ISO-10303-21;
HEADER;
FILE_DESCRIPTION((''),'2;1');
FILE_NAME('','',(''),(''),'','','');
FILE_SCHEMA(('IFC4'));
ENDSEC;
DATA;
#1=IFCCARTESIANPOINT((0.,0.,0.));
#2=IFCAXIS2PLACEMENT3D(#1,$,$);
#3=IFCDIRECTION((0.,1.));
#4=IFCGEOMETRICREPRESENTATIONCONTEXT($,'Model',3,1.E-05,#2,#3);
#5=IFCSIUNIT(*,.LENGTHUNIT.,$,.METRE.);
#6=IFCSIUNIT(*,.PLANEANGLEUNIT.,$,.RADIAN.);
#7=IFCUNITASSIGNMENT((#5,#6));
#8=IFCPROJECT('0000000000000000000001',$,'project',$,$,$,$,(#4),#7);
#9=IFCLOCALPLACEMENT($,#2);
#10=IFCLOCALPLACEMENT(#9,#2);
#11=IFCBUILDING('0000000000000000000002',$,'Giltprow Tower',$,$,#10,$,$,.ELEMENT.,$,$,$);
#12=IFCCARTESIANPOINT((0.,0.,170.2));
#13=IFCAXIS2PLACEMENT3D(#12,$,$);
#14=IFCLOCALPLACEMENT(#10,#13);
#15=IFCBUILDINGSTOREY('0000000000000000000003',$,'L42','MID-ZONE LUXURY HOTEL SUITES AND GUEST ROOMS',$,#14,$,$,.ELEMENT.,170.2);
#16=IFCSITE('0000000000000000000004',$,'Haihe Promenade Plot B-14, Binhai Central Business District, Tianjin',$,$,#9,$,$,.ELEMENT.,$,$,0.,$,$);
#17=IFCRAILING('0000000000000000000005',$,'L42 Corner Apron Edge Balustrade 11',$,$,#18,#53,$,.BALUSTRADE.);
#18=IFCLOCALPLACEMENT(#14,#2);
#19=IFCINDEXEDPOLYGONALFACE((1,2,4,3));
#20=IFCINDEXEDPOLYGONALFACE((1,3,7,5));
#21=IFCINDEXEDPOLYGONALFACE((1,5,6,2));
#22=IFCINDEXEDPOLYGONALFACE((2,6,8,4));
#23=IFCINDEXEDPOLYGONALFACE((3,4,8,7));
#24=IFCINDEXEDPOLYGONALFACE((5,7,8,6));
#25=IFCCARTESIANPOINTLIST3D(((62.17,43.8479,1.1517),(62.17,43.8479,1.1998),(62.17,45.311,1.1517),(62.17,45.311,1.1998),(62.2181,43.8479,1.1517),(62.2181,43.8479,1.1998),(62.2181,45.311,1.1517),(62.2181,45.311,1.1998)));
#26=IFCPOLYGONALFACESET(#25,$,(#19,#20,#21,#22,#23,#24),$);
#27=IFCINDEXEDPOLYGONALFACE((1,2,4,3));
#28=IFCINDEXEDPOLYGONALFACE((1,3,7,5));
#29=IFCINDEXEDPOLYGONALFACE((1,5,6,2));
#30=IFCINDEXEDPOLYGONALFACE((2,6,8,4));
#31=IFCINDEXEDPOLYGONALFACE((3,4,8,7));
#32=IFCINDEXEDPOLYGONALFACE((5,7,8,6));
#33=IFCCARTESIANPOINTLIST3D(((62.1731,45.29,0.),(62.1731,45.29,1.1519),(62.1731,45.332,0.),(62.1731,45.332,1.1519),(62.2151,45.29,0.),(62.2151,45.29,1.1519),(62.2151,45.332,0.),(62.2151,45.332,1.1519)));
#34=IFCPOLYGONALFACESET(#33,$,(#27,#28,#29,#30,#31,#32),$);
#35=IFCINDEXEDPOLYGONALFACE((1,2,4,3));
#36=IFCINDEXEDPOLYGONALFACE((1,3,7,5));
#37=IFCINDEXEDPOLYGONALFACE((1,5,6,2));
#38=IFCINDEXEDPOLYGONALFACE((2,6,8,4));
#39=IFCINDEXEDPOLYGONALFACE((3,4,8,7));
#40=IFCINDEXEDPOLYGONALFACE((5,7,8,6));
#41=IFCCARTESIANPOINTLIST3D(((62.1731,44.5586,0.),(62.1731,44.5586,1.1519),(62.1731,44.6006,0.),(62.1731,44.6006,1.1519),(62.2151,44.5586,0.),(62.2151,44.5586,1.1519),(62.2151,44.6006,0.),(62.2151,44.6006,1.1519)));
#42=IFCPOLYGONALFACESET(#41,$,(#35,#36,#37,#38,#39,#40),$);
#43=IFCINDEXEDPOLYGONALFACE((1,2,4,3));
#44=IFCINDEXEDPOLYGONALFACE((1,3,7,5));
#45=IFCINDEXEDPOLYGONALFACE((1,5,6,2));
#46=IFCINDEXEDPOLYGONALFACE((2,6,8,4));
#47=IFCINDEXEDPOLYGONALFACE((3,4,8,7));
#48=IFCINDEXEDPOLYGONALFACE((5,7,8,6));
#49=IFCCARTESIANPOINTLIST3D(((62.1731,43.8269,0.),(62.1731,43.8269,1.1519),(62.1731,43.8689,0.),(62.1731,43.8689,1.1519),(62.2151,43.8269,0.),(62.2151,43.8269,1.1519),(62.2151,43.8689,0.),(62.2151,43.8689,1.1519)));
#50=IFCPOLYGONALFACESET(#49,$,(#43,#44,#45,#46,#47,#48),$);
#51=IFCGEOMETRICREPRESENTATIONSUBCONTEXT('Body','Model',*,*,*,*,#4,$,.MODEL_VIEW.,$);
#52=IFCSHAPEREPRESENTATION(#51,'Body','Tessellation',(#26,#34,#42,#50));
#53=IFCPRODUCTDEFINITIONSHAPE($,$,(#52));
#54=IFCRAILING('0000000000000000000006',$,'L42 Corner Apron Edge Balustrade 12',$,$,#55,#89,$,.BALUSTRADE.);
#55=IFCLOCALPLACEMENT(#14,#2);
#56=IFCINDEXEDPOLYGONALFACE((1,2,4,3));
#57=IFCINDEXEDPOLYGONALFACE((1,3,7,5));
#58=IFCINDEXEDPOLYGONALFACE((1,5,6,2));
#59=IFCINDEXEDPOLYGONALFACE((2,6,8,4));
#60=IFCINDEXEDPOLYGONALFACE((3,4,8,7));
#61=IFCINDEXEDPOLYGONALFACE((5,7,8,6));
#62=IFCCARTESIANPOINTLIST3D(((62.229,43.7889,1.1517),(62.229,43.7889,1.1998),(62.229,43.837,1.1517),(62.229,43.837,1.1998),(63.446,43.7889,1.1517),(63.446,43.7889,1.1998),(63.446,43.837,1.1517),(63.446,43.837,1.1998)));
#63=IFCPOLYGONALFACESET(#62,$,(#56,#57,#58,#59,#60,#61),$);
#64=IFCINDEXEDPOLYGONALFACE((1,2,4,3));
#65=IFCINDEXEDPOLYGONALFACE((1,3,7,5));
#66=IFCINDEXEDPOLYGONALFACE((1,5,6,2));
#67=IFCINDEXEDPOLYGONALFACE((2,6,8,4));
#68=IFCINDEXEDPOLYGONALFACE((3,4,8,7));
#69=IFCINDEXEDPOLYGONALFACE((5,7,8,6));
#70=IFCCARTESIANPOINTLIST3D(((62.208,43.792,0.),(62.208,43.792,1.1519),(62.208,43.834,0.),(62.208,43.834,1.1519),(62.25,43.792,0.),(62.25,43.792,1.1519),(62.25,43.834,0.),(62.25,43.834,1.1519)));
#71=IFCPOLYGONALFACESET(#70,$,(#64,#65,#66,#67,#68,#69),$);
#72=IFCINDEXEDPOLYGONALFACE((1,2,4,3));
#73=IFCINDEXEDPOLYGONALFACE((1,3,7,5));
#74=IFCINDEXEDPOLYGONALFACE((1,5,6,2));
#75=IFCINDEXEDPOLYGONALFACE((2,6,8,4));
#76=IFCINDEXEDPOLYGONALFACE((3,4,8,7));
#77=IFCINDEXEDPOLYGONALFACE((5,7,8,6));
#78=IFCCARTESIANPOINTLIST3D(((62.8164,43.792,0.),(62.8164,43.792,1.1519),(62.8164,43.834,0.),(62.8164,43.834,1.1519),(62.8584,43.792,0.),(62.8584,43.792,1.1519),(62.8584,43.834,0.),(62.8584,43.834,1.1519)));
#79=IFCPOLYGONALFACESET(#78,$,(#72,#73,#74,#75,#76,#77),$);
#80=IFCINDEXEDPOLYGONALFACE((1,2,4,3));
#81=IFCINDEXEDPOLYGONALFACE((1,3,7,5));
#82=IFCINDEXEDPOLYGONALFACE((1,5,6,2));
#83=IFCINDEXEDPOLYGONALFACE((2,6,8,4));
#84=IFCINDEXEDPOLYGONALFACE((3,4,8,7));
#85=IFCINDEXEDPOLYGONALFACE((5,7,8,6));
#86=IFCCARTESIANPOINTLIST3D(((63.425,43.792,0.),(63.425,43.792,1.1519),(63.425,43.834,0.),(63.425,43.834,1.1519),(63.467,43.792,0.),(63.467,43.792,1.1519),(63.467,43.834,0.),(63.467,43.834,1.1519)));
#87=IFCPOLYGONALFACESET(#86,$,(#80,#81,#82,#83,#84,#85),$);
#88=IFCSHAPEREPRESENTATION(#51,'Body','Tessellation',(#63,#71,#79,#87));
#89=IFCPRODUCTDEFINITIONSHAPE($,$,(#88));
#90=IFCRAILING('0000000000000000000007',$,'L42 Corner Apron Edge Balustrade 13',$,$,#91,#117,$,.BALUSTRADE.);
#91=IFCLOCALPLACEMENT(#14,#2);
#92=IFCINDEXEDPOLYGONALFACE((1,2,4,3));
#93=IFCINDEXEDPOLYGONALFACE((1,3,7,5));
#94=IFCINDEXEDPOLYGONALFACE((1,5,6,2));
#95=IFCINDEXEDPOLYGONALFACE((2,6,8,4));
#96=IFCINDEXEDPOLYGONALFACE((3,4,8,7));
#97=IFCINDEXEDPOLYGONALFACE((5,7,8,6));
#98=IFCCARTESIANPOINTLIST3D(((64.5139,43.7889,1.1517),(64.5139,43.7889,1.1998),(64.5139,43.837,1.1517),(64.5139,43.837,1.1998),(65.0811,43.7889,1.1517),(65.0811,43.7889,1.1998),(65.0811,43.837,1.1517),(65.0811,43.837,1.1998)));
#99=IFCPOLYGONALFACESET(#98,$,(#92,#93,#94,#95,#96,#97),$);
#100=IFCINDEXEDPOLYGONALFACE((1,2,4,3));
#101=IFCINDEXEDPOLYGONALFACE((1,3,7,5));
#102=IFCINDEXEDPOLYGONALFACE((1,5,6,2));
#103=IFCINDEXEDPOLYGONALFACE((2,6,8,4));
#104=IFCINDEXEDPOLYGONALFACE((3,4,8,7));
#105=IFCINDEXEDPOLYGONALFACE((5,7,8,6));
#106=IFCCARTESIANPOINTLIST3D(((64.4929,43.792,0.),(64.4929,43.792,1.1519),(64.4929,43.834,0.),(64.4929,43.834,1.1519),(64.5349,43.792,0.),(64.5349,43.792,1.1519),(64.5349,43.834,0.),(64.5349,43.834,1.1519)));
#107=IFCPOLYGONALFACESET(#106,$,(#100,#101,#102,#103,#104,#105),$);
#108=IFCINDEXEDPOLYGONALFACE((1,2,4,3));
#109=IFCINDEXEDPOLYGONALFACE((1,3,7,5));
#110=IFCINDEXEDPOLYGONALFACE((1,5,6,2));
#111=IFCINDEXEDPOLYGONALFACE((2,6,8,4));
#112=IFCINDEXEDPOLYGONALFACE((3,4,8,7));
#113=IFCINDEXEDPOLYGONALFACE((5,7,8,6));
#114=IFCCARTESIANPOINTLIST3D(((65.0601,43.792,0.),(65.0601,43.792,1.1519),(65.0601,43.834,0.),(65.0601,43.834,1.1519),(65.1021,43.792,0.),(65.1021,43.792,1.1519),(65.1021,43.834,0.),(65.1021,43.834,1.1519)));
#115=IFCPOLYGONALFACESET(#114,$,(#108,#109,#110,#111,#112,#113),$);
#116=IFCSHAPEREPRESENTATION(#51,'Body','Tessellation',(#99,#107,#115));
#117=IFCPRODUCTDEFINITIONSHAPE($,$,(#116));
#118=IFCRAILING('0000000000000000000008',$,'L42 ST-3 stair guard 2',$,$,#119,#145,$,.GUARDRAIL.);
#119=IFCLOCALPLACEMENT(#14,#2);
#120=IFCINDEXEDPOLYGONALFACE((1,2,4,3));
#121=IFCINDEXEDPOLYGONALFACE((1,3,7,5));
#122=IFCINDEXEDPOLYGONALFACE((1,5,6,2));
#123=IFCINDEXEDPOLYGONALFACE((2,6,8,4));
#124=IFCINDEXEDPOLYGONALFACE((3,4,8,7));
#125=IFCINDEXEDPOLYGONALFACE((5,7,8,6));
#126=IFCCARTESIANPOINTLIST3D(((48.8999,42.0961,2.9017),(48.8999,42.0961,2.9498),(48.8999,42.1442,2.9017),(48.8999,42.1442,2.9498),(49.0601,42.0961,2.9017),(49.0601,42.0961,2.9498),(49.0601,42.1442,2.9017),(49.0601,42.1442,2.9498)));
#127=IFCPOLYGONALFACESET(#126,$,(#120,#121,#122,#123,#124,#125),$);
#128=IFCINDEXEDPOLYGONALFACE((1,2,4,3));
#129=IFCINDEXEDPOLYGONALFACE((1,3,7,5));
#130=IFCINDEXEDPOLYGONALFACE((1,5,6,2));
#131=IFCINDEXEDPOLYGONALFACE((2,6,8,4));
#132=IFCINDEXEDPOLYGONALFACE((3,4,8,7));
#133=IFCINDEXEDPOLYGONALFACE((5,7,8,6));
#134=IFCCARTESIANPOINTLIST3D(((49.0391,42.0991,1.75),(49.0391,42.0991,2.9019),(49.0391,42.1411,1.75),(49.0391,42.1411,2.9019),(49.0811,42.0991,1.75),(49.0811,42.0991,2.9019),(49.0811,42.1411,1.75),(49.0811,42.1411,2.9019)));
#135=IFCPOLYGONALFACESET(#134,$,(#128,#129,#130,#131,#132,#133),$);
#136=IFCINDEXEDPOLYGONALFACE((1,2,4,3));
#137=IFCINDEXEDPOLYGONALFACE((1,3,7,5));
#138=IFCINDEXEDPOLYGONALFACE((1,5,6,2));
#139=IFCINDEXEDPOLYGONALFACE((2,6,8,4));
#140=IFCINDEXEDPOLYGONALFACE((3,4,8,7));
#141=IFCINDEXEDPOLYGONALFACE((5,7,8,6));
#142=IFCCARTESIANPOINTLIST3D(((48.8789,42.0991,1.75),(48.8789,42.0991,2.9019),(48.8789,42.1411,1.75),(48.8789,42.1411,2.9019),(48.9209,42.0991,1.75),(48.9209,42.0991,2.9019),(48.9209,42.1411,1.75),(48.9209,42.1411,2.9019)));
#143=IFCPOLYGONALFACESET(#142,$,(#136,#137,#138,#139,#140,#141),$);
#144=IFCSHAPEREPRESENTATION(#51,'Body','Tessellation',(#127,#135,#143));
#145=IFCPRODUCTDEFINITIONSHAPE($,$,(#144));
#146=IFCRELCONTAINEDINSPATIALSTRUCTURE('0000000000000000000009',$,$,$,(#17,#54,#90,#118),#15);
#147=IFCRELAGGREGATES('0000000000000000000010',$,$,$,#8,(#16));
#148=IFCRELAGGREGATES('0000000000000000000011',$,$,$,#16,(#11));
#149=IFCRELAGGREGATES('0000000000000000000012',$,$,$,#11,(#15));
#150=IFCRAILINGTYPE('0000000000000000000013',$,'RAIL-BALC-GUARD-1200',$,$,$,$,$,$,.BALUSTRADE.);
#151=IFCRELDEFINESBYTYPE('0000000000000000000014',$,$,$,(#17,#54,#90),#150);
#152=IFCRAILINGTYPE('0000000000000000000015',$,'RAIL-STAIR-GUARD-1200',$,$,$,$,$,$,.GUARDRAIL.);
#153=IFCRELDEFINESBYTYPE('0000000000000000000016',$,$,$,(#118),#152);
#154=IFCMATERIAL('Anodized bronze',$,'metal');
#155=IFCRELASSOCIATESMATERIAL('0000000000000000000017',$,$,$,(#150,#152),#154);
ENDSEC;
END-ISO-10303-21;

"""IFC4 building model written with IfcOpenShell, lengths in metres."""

from ifc_helpers import new_model, si_unit, direction, frame, origin, origin_2d, place, context, subcontext, project, spatial, rectangle, extrude, material, type_object, element, save


model = new_model("IFC4")

# Units and contexts
model_context = context("Model", 3, precision=1e-05, world=origin(), true_north=direction((0.0, 1.0)))
body_context = subcontext(model_context, "Body", "Model", "MODEL_VIEW")
ifc_project = project(units=[si_unit("LENGTHUNIT", "METRE"), si_unit("PLANEANGLEUNIT", "RADIAN")], contexts=[model_context])

# Site, building, storey
site_placement = place(None, origin())
site = spatial("IfcSite", under=ifc_project, at=site_placement, Name="Haihe Promenade Plot B-14, Binhai Central Business District, Tianjin", CompositionType="ELEMENT", RefElevation=0.0)
building_placement = place(site_placement, origin())
building = spatial("IfcBuilding", under=site, at=building_placement, Name="Giltprow Tower", CompositionType="ELEMENT")
storey_placement = place(building_placement, frame((0.0, 0.0, 170.2)))
storey = spatial("IfcBuildingStorey", under=building, at=storey_placement, Name="L42", Description="MID-ZONE LUXURY HOTEL SUITES AND GUEST ROOMS", CompositionType="ELEMENT", Elevation=170.2)

# Railings
ifc_material_1 = material(Name="Anodized bronze", Category="metal")
railing_type_1 = type_object("IfcRailingType", Name="RAIL-BALC-GUARD-1200", PredefinedType="BALUSTRADE", material=ifc_material_1)
railing_1_placement = place(storey_placement, frame((62.1941, 45.311, 0.0)))
element("IfcRailing", 1, at=railing_1_placement, inside=storey, type_object=railing_type_1, Name="L42 Corner Apron Edge Balustrade 11", PredefinedType="BALUSTRADE", context=body_context, shape_type="SweptSolid", body=[
    extrude(rectangle(XDim=0.0481, YDim=0.0481, at=origin_2d()), frame((0.0, 0.0, 1.1758), z_axis=(0.0, -1.0, 0.0), x_axis=(1.0, 0.0, 0.0)), (0.0, 0.0, 1.0), 1.4631),
    extrude(rectangle(XDim=0.042, YDim=0.042, at=origin_2d()), origin(), (0.0, 0.0, 1.0), 1.1519),
    extrude(rectangle(XDim=0.042, YDim=0.042, at=origin_2d()), frame((0.0, -0.7314, 0.0)), (0.0, 0.0, 1.0), 1.1519),
    extrude(rectangle(XDim=0.042, YDim=0.042, at=origin_2d()), frame((0.0, -1.4631, 0.0)), (0.0, 0.0, 1.0), 1.1519),
])
railing_2_placement = place(storey_placement, frame((62.229, 43.813, 0.0)))
element("IfcRailing", 2, at=railing_2_placement, inside=storey, type_object=railing_type_1, Name="L42 Corner Apron Edge Balustrade 12", PredefinedType="BALUSTRADE", context=body_context, shape_type="SweptSolid", body=[
    extrude(rectangle(XDim=0.0481, YDim=0.0481, at=origin_2d()), frame((0.0, 0.0, 1.1758), z_axis=(1.0, 0.0, 0.0), x_axis=(0.0, 1.0, 0.0)), (0.0, 0.0, 1.0), 1.217),
    extrude(rectangle(XDim=0.042, YDim=0.042, at=origin_2d()), origin(), (0.0, 0.0, 1.0), 1.1519),
    extrude(rectangle(XDim=0.042, YDim=0.042, at=origin_2d()), frame((0.6084, 0.0, 0.0)), (0.0, 0.0, 1.0), 1.1519),
    extrude(rectangle(XDim=0.042, YDim=0.042, at=origin_2d()), frame((1.217, 0.0, 0.0)), (0.0, 0.0, 1.0), 1.1519),
])
railing_3_placement = place(storey_placement, frame((64.5139, 43.813, 0.0)))
element("IfcRailing", 3, at=railing_3_placement, inside=storey, type_object=railing_type_1, Name="L42 Corner Apron Edge Balustrade 13", PredefinedType="BALUSTRADE", context=body_context, shape_type="SweptSolid", body=[
    extrude(rectangle(XDim=0.0481, YDim=0.0481, at=origin_2d()), frame((0.0, 0.0, 1.1758), z_axis=(1.0, 0.0, 0.0), x_axis=(0.0, 1.0, 0.0)), (0.0, 0.0, 1.0), 0.5671),
    extrude(rectangle(XDim=0.042, YDim=0.042, at=origin_2d()), origin(), (0.0, 0.0, 1.0), 1.1519),
    extrude(rectangle(XDim=0.042, YDim=0.042, at=origin_2d()), frame((0.5671, 0.0, 0.0)), (0.0, 0.0, 1.0), 1.1519),
])
railing_type_2 = type_object("IfcRailingType", Name="RAIL-STAIR-GUARD-1200", PredefinedType="GUARDRAIL", material=ifc_material_1)
railing_4_placement = place(storey_placement, frame((49.0601, 42.1201, 1.75)))
element("IfcRailing", 4, at=railing_4_placement, inside=storey, type_object=railing_type_2, Name="L42 ST-3 stair guard 2", PredefinedType="GUARDRAIL", context=body_context, shape_type="SweptSolid", body=[
    extrude(rectangle(XDim=0.0481, YDim=0.0481, at=origin_2d()), frame((0.0, 0.0, 1.1758), z_axis=(-1.0, 0.0, 0.0), x_axis=(0.0, -1.0, 0.0)), (0.0, 0.0, 1.0), 0.1602),
    extrude(rectangle(XDim=0.042, YDim=0.042, at=origin_2d()), origin(), (0.0, 0.0, 1.0), 1.1519),
    extrude(rectangle(XDim=0.042, YDim=0.042, at=origin_2d()), frame((-0.1602, 0.0, 0.0)), (0.0, 0.0, 1.0), 1.1519),
])

save(model, "model.ifc")
